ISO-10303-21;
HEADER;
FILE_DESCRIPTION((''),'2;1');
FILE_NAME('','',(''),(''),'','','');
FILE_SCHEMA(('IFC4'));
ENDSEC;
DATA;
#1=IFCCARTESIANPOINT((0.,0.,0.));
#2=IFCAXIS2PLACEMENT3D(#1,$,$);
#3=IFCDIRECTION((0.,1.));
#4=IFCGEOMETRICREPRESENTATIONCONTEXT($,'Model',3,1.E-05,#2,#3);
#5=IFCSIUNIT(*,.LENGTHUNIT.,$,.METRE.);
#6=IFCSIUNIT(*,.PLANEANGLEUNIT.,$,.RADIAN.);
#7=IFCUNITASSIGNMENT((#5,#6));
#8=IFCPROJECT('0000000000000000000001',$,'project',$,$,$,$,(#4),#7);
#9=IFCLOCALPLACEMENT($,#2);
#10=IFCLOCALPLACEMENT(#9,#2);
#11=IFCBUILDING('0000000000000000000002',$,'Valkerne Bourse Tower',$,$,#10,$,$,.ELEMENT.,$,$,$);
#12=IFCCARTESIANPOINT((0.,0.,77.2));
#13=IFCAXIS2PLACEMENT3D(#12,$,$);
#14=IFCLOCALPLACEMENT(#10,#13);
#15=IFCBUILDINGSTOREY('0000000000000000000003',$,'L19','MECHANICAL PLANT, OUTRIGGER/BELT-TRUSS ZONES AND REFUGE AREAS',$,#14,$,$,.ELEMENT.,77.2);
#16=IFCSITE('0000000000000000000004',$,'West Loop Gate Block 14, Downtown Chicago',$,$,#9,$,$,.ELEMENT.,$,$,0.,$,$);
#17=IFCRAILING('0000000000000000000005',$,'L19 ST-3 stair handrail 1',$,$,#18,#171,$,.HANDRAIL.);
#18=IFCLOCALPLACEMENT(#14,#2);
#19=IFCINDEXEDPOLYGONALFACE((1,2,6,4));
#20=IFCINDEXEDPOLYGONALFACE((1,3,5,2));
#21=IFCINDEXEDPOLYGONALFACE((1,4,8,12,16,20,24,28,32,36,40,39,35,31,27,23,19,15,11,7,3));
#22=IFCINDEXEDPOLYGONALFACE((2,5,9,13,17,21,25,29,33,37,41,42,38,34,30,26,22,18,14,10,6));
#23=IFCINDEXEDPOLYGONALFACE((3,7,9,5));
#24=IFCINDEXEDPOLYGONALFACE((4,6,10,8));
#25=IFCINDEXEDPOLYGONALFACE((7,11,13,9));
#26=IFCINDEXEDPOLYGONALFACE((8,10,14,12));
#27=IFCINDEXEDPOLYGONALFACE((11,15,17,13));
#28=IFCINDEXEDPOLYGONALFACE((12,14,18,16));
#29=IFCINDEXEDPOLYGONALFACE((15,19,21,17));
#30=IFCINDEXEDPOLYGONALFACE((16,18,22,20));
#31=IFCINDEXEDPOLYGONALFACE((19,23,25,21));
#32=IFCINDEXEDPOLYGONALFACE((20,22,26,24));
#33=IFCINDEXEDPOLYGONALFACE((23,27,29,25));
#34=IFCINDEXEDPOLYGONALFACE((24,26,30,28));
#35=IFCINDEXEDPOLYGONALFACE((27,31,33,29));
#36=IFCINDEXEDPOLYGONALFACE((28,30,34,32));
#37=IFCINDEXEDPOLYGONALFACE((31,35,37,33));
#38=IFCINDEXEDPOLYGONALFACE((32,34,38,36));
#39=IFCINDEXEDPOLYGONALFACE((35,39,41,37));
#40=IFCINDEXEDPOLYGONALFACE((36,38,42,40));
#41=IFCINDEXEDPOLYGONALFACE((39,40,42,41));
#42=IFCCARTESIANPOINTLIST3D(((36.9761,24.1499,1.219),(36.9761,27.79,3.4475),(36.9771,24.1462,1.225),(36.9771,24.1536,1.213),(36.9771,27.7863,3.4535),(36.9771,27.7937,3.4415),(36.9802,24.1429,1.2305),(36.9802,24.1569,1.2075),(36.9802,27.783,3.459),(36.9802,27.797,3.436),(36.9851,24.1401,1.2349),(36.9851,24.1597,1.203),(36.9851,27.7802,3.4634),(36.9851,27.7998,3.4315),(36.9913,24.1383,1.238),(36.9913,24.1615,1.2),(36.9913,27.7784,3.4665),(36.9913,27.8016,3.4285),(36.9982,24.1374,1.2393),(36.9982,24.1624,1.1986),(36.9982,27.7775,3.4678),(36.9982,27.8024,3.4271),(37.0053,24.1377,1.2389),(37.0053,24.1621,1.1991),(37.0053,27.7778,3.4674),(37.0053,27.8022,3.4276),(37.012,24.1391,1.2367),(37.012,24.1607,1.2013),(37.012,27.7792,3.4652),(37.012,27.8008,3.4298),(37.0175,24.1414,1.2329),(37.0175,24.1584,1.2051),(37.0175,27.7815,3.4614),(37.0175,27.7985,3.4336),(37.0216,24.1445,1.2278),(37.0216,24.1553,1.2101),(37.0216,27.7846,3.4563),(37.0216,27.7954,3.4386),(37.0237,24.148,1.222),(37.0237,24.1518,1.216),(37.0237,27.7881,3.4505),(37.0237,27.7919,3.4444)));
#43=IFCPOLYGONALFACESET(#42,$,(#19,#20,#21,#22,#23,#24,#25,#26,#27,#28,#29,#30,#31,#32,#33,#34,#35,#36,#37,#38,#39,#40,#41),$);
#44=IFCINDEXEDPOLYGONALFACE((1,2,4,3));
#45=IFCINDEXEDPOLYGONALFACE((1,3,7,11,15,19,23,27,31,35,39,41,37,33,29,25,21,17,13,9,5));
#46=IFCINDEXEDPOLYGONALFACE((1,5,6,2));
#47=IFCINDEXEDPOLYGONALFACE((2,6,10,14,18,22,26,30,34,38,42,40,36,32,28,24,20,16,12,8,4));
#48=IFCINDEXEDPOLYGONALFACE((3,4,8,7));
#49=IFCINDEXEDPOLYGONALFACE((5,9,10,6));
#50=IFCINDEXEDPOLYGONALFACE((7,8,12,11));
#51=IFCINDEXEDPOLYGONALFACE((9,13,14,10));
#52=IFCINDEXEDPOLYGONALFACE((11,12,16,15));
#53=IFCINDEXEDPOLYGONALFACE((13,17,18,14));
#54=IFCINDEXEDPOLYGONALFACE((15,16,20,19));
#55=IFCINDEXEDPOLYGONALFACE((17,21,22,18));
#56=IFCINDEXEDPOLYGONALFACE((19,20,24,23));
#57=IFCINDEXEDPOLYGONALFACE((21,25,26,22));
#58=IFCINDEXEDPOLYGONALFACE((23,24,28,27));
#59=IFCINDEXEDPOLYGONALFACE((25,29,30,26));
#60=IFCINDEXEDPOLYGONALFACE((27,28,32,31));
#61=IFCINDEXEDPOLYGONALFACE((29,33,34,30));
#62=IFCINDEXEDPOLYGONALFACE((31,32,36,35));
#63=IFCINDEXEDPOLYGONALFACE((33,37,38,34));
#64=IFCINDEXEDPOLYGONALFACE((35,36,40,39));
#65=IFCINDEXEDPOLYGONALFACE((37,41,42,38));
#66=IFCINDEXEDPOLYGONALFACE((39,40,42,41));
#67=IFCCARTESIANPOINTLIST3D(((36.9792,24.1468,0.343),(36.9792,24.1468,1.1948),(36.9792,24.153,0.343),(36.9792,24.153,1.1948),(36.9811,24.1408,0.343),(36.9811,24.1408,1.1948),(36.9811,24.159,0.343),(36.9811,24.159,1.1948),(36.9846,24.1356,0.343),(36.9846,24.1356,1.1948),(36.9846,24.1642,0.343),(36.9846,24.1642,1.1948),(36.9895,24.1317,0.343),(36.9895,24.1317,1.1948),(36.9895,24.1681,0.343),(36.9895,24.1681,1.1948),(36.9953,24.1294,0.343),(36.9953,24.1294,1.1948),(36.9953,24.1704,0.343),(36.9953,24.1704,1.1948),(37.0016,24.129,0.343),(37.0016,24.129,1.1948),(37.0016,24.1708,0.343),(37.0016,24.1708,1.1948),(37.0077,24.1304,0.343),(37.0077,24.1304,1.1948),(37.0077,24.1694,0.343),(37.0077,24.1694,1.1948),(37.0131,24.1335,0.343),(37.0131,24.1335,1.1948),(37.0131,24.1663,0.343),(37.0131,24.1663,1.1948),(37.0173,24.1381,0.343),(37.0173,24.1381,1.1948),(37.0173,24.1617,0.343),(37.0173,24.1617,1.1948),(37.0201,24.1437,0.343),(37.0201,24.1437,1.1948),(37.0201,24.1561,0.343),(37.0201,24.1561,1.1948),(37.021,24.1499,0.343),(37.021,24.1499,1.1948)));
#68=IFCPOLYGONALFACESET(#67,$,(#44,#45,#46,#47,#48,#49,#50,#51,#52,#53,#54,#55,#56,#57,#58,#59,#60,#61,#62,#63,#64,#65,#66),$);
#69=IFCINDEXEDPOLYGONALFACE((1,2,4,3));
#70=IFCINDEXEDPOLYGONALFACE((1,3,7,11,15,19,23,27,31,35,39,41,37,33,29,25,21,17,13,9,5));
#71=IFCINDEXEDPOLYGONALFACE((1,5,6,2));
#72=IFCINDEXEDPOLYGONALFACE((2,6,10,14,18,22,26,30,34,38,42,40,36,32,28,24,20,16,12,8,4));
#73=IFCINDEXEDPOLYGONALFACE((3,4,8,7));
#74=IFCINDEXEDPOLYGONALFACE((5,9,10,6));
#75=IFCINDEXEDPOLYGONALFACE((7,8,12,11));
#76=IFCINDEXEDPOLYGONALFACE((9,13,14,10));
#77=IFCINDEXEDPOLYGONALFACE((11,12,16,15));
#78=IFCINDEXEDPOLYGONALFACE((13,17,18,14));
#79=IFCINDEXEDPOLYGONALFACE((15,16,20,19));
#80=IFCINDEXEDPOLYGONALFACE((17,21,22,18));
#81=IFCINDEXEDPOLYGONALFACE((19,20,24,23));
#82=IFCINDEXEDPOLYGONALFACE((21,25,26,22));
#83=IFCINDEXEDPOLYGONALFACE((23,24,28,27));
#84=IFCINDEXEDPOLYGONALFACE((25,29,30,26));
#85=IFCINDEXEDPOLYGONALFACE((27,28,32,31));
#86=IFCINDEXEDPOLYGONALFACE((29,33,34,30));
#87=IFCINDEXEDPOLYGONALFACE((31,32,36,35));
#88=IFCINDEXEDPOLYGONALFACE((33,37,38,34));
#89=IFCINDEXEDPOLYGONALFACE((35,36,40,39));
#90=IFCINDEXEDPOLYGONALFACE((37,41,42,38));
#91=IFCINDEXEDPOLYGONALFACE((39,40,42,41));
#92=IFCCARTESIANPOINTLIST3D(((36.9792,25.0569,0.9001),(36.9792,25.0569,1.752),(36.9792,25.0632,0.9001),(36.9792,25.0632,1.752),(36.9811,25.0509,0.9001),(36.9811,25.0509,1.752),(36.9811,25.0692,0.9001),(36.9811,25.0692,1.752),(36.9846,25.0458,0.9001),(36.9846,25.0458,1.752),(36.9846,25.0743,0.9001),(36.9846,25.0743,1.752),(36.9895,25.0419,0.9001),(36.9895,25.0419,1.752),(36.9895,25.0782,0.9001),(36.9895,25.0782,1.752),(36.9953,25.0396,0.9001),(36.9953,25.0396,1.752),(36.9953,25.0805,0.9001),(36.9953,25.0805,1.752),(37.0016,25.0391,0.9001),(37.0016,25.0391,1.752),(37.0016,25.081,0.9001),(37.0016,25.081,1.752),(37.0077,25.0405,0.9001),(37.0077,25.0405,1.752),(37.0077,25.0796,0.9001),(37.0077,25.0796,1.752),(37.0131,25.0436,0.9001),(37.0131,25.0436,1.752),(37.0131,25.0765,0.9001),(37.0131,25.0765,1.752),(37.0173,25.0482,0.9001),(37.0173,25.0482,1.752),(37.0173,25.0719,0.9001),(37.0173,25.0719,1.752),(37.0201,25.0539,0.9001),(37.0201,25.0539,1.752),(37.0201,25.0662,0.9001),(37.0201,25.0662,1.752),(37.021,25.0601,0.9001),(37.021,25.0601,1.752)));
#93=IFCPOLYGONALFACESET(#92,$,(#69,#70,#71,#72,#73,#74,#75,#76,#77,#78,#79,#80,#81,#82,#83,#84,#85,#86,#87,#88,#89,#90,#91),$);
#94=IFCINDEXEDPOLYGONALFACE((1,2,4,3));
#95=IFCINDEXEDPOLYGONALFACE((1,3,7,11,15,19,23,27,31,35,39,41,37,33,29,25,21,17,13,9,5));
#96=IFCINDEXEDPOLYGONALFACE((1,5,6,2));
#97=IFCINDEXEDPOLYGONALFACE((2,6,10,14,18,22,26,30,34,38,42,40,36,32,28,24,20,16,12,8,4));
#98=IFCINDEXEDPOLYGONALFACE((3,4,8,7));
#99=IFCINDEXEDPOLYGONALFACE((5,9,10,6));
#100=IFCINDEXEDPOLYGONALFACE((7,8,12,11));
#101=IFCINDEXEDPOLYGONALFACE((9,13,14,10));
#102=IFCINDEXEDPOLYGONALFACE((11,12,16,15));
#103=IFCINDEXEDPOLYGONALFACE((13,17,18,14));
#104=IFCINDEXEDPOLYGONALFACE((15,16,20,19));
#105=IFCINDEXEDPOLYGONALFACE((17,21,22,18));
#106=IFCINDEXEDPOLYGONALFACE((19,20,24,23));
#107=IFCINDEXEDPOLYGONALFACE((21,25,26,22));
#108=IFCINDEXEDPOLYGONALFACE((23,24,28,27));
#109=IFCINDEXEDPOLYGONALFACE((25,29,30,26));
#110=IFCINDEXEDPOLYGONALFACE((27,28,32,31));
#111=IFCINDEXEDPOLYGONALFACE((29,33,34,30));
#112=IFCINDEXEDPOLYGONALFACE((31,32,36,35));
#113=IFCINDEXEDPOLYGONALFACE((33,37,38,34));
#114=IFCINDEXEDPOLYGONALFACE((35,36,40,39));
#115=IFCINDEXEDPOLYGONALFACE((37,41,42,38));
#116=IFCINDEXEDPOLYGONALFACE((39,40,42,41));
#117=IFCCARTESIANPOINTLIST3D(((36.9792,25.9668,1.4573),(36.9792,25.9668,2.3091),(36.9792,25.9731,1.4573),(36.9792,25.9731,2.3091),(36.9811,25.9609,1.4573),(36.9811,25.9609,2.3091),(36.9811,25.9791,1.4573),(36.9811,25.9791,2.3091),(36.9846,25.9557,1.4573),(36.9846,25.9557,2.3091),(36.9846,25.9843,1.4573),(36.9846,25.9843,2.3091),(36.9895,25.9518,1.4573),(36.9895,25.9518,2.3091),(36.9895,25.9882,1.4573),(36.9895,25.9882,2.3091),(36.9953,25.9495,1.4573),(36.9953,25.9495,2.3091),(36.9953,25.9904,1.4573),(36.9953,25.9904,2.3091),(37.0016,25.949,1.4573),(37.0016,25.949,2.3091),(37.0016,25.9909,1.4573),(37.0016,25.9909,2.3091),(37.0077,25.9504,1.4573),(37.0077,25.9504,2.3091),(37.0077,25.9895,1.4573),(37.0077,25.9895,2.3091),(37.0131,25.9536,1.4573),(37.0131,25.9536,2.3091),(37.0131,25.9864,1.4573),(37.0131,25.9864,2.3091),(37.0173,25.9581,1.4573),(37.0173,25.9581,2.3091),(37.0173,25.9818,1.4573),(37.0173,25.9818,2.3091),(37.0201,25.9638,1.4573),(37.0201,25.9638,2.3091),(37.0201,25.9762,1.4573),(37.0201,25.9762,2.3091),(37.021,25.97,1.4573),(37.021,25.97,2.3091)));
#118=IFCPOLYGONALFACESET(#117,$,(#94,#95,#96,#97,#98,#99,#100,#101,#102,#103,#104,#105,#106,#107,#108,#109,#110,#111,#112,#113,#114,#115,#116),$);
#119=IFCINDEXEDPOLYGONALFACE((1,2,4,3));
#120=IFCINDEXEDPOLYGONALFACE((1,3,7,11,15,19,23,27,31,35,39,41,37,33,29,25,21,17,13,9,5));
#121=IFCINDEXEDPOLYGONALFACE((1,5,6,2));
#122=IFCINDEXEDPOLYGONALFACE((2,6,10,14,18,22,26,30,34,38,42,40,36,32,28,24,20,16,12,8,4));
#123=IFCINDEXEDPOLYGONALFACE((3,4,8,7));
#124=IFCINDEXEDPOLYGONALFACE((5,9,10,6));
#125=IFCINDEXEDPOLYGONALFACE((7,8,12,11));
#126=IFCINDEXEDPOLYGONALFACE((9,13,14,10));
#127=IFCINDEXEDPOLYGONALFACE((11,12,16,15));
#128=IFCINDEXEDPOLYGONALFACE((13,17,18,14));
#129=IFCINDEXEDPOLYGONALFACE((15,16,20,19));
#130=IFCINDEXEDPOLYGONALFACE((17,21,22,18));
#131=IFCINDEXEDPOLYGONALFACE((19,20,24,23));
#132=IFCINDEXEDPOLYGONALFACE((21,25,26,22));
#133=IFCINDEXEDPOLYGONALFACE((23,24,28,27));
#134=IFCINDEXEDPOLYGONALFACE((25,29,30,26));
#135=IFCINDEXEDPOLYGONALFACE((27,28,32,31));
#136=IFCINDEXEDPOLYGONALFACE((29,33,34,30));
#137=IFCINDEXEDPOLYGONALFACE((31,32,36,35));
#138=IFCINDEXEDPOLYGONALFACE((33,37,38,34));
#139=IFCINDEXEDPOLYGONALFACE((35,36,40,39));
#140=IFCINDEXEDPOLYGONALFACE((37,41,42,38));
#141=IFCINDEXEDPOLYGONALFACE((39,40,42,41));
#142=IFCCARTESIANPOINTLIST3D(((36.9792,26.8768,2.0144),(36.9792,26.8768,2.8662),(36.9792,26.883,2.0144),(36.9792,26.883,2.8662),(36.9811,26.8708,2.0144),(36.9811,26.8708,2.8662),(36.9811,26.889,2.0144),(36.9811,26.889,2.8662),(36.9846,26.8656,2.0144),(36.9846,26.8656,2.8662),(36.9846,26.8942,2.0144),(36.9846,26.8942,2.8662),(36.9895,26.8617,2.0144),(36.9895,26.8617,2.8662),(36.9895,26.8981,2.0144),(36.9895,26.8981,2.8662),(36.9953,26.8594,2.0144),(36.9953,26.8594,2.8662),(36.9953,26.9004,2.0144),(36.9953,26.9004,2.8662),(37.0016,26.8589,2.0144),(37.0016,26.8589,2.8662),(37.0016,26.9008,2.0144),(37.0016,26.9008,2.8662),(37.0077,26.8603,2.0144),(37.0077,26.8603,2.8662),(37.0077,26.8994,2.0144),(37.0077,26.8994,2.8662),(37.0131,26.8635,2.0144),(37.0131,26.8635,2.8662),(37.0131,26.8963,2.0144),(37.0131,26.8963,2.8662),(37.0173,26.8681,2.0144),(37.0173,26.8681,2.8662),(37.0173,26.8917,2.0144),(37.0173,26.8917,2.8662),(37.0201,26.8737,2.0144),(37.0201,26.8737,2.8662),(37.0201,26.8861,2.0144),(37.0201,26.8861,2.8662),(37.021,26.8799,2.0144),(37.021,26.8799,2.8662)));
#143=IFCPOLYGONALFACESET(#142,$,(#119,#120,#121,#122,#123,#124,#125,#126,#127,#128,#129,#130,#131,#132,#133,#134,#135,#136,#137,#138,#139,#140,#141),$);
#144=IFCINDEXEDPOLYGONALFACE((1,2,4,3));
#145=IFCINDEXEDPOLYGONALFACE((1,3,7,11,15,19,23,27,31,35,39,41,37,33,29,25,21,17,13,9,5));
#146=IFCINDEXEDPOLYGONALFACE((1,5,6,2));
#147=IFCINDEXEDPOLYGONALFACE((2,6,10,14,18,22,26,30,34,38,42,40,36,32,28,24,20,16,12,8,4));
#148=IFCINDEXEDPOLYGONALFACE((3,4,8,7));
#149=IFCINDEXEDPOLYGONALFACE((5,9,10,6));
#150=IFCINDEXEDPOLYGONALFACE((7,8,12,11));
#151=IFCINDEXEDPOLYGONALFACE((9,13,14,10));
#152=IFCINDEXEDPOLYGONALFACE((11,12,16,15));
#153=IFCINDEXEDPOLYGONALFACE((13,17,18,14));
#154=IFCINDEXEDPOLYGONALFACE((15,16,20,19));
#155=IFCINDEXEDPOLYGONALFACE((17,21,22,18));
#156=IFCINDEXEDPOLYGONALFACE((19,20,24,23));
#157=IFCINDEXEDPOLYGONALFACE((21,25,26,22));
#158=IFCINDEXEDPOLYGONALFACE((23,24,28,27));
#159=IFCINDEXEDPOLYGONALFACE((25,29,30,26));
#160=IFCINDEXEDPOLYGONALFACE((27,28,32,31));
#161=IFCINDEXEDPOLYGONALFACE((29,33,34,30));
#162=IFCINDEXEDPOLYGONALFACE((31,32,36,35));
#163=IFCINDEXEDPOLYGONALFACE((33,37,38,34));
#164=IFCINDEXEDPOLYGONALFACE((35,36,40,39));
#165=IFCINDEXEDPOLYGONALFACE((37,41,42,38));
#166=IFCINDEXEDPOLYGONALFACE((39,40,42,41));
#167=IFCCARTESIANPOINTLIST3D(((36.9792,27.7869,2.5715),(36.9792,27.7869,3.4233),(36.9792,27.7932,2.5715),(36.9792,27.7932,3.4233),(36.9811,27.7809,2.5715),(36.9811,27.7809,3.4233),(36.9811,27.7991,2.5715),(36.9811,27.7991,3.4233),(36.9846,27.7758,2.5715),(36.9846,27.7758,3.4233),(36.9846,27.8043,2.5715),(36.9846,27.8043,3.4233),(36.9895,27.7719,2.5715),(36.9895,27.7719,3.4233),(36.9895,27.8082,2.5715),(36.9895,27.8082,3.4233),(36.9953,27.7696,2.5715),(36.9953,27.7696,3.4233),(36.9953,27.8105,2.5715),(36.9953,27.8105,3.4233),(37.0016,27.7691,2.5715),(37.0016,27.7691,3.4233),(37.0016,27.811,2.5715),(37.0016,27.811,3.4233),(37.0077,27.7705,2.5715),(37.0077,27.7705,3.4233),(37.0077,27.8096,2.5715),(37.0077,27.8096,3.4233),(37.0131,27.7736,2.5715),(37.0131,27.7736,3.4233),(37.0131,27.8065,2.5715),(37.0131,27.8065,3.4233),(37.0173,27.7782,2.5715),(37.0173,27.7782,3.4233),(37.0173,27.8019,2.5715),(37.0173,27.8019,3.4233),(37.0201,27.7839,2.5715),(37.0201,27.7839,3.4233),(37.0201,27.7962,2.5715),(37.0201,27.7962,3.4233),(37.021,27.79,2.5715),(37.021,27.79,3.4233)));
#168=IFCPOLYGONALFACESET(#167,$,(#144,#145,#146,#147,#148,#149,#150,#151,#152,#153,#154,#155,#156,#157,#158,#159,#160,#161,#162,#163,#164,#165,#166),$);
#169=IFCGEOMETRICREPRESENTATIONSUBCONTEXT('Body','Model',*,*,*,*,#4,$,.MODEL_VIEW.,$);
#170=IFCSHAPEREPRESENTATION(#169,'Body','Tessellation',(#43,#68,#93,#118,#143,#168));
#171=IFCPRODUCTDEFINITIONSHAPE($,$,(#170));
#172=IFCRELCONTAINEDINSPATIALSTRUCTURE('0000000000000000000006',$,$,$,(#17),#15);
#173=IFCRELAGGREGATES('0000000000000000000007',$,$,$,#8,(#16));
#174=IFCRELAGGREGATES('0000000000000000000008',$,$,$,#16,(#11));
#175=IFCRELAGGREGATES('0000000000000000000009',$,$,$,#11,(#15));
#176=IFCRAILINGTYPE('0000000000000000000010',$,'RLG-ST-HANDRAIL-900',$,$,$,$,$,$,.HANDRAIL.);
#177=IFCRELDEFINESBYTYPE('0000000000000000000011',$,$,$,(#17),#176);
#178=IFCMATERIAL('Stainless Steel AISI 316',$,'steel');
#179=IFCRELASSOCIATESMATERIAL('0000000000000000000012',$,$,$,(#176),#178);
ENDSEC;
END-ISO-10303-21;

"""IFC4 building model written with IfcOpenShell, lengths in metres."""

from ifc_helpers import new_model, si_unit, direction, frame, origin, origin_2d, place, context, subcontext, project, spatial, circle, extrude, material, type_object, element, save


model = new_model("IFC4")

# Units and contexts
model_context = context("Model", 3, precision=1e-05, world=origin(), true_north=direction((0.0, 1.0)))
body_context = subcontext(model_context, "Body", "Model", "MODEL_VIEW")
ifc_project = project(units=[si_unit("LENGTHUNIT", "METRE"), si_unit("PLANEANGLEUNIT", "RADIAN")], contexts=[model_context])

# Site, building, storey
site_placement = place(None, origin())
site = spatial("IfcSite", under=ifc_project, at=site_placement, Name="West Loop Gate Block 14, Downtown Chicago", CompositionType="ELEMENT", RefElevation=0.0)
building_placement = place(site_placement, origin())
building = spatial("IfcBuilding", under=site, at=building_placement, Name="Valkerne Bourse Tower", CompositionType="ELEMENT")
storey_placement = place(building_placement, frame((0.0, 0.0, 77.2)))
storey = spatial("IfcBuildingStorey", under=building, at=storey_placement, Name="L19", Description="MECHANICAL PLANT, OUTRIGGER/BELT-TRUSS ZONES AND REFUGE AREAS", CompositionType="ELEMENT", Elevation=77.2)

# Railing
ifc_material_1 = material(Name="Stainless Steel AISI 316", Category="steel")
railing_type_1 = type_object("IfcRailingType", Name="RLG-ST-HANDRAIL-900", PredefinedType="HANDRAIL", material=ifc_material_1)
railing_1_placement = place(storey_placement, frame((37.0, 24.1499, 0.343)))
element("IfcRailing", 1, at=railing_1_placement, inside=storey, type_object=railing_type_1, Name="L19 ST-3 stair handrail 1", PredefinedType="HANDRAIL", context=body_context, shape_type="SweptSolid", body=[
    extrude(circle(Radius=0.0239, at=origin_2d()), frame((0.0, 0.0, 0.876), z_axis=(0.0, 0.852866, 0.52213), x_axis=(-1.0, 0.0, 0.0)), (0.0, 0.0, 1.0), 4.2681),
    extrude(circle(Radius=0.021, at=origin_2d()), origin(), (0.0, 0.0, 1.0), 0.8518),
    extrude(circle(Radius=0.021, at=origin_2d()), frame((0.0, 0.9102, 0.5571)), (0.0, 0.0, 1.0), 0.8518),
    extrude(circle(Radius=0.021, at=origin_2d()), frame((0.0, 1.8201, 1.1143)), (0.0, 0.0, 1.0), 0.8518),
    extrude(circle(Radius=0.021, at=origin_2d()), frame((0.0, 2.73, 1.6714)), (0.0, 0.0, 1.0), 0.8518),
    extrude(circle(Radius=0.021, at=origin_2d()), frame((0.0, 3.6401, 2.2285)), (0.0, 0.0, 1.0), 0.8518),
])

save(model, "model.ifc")
